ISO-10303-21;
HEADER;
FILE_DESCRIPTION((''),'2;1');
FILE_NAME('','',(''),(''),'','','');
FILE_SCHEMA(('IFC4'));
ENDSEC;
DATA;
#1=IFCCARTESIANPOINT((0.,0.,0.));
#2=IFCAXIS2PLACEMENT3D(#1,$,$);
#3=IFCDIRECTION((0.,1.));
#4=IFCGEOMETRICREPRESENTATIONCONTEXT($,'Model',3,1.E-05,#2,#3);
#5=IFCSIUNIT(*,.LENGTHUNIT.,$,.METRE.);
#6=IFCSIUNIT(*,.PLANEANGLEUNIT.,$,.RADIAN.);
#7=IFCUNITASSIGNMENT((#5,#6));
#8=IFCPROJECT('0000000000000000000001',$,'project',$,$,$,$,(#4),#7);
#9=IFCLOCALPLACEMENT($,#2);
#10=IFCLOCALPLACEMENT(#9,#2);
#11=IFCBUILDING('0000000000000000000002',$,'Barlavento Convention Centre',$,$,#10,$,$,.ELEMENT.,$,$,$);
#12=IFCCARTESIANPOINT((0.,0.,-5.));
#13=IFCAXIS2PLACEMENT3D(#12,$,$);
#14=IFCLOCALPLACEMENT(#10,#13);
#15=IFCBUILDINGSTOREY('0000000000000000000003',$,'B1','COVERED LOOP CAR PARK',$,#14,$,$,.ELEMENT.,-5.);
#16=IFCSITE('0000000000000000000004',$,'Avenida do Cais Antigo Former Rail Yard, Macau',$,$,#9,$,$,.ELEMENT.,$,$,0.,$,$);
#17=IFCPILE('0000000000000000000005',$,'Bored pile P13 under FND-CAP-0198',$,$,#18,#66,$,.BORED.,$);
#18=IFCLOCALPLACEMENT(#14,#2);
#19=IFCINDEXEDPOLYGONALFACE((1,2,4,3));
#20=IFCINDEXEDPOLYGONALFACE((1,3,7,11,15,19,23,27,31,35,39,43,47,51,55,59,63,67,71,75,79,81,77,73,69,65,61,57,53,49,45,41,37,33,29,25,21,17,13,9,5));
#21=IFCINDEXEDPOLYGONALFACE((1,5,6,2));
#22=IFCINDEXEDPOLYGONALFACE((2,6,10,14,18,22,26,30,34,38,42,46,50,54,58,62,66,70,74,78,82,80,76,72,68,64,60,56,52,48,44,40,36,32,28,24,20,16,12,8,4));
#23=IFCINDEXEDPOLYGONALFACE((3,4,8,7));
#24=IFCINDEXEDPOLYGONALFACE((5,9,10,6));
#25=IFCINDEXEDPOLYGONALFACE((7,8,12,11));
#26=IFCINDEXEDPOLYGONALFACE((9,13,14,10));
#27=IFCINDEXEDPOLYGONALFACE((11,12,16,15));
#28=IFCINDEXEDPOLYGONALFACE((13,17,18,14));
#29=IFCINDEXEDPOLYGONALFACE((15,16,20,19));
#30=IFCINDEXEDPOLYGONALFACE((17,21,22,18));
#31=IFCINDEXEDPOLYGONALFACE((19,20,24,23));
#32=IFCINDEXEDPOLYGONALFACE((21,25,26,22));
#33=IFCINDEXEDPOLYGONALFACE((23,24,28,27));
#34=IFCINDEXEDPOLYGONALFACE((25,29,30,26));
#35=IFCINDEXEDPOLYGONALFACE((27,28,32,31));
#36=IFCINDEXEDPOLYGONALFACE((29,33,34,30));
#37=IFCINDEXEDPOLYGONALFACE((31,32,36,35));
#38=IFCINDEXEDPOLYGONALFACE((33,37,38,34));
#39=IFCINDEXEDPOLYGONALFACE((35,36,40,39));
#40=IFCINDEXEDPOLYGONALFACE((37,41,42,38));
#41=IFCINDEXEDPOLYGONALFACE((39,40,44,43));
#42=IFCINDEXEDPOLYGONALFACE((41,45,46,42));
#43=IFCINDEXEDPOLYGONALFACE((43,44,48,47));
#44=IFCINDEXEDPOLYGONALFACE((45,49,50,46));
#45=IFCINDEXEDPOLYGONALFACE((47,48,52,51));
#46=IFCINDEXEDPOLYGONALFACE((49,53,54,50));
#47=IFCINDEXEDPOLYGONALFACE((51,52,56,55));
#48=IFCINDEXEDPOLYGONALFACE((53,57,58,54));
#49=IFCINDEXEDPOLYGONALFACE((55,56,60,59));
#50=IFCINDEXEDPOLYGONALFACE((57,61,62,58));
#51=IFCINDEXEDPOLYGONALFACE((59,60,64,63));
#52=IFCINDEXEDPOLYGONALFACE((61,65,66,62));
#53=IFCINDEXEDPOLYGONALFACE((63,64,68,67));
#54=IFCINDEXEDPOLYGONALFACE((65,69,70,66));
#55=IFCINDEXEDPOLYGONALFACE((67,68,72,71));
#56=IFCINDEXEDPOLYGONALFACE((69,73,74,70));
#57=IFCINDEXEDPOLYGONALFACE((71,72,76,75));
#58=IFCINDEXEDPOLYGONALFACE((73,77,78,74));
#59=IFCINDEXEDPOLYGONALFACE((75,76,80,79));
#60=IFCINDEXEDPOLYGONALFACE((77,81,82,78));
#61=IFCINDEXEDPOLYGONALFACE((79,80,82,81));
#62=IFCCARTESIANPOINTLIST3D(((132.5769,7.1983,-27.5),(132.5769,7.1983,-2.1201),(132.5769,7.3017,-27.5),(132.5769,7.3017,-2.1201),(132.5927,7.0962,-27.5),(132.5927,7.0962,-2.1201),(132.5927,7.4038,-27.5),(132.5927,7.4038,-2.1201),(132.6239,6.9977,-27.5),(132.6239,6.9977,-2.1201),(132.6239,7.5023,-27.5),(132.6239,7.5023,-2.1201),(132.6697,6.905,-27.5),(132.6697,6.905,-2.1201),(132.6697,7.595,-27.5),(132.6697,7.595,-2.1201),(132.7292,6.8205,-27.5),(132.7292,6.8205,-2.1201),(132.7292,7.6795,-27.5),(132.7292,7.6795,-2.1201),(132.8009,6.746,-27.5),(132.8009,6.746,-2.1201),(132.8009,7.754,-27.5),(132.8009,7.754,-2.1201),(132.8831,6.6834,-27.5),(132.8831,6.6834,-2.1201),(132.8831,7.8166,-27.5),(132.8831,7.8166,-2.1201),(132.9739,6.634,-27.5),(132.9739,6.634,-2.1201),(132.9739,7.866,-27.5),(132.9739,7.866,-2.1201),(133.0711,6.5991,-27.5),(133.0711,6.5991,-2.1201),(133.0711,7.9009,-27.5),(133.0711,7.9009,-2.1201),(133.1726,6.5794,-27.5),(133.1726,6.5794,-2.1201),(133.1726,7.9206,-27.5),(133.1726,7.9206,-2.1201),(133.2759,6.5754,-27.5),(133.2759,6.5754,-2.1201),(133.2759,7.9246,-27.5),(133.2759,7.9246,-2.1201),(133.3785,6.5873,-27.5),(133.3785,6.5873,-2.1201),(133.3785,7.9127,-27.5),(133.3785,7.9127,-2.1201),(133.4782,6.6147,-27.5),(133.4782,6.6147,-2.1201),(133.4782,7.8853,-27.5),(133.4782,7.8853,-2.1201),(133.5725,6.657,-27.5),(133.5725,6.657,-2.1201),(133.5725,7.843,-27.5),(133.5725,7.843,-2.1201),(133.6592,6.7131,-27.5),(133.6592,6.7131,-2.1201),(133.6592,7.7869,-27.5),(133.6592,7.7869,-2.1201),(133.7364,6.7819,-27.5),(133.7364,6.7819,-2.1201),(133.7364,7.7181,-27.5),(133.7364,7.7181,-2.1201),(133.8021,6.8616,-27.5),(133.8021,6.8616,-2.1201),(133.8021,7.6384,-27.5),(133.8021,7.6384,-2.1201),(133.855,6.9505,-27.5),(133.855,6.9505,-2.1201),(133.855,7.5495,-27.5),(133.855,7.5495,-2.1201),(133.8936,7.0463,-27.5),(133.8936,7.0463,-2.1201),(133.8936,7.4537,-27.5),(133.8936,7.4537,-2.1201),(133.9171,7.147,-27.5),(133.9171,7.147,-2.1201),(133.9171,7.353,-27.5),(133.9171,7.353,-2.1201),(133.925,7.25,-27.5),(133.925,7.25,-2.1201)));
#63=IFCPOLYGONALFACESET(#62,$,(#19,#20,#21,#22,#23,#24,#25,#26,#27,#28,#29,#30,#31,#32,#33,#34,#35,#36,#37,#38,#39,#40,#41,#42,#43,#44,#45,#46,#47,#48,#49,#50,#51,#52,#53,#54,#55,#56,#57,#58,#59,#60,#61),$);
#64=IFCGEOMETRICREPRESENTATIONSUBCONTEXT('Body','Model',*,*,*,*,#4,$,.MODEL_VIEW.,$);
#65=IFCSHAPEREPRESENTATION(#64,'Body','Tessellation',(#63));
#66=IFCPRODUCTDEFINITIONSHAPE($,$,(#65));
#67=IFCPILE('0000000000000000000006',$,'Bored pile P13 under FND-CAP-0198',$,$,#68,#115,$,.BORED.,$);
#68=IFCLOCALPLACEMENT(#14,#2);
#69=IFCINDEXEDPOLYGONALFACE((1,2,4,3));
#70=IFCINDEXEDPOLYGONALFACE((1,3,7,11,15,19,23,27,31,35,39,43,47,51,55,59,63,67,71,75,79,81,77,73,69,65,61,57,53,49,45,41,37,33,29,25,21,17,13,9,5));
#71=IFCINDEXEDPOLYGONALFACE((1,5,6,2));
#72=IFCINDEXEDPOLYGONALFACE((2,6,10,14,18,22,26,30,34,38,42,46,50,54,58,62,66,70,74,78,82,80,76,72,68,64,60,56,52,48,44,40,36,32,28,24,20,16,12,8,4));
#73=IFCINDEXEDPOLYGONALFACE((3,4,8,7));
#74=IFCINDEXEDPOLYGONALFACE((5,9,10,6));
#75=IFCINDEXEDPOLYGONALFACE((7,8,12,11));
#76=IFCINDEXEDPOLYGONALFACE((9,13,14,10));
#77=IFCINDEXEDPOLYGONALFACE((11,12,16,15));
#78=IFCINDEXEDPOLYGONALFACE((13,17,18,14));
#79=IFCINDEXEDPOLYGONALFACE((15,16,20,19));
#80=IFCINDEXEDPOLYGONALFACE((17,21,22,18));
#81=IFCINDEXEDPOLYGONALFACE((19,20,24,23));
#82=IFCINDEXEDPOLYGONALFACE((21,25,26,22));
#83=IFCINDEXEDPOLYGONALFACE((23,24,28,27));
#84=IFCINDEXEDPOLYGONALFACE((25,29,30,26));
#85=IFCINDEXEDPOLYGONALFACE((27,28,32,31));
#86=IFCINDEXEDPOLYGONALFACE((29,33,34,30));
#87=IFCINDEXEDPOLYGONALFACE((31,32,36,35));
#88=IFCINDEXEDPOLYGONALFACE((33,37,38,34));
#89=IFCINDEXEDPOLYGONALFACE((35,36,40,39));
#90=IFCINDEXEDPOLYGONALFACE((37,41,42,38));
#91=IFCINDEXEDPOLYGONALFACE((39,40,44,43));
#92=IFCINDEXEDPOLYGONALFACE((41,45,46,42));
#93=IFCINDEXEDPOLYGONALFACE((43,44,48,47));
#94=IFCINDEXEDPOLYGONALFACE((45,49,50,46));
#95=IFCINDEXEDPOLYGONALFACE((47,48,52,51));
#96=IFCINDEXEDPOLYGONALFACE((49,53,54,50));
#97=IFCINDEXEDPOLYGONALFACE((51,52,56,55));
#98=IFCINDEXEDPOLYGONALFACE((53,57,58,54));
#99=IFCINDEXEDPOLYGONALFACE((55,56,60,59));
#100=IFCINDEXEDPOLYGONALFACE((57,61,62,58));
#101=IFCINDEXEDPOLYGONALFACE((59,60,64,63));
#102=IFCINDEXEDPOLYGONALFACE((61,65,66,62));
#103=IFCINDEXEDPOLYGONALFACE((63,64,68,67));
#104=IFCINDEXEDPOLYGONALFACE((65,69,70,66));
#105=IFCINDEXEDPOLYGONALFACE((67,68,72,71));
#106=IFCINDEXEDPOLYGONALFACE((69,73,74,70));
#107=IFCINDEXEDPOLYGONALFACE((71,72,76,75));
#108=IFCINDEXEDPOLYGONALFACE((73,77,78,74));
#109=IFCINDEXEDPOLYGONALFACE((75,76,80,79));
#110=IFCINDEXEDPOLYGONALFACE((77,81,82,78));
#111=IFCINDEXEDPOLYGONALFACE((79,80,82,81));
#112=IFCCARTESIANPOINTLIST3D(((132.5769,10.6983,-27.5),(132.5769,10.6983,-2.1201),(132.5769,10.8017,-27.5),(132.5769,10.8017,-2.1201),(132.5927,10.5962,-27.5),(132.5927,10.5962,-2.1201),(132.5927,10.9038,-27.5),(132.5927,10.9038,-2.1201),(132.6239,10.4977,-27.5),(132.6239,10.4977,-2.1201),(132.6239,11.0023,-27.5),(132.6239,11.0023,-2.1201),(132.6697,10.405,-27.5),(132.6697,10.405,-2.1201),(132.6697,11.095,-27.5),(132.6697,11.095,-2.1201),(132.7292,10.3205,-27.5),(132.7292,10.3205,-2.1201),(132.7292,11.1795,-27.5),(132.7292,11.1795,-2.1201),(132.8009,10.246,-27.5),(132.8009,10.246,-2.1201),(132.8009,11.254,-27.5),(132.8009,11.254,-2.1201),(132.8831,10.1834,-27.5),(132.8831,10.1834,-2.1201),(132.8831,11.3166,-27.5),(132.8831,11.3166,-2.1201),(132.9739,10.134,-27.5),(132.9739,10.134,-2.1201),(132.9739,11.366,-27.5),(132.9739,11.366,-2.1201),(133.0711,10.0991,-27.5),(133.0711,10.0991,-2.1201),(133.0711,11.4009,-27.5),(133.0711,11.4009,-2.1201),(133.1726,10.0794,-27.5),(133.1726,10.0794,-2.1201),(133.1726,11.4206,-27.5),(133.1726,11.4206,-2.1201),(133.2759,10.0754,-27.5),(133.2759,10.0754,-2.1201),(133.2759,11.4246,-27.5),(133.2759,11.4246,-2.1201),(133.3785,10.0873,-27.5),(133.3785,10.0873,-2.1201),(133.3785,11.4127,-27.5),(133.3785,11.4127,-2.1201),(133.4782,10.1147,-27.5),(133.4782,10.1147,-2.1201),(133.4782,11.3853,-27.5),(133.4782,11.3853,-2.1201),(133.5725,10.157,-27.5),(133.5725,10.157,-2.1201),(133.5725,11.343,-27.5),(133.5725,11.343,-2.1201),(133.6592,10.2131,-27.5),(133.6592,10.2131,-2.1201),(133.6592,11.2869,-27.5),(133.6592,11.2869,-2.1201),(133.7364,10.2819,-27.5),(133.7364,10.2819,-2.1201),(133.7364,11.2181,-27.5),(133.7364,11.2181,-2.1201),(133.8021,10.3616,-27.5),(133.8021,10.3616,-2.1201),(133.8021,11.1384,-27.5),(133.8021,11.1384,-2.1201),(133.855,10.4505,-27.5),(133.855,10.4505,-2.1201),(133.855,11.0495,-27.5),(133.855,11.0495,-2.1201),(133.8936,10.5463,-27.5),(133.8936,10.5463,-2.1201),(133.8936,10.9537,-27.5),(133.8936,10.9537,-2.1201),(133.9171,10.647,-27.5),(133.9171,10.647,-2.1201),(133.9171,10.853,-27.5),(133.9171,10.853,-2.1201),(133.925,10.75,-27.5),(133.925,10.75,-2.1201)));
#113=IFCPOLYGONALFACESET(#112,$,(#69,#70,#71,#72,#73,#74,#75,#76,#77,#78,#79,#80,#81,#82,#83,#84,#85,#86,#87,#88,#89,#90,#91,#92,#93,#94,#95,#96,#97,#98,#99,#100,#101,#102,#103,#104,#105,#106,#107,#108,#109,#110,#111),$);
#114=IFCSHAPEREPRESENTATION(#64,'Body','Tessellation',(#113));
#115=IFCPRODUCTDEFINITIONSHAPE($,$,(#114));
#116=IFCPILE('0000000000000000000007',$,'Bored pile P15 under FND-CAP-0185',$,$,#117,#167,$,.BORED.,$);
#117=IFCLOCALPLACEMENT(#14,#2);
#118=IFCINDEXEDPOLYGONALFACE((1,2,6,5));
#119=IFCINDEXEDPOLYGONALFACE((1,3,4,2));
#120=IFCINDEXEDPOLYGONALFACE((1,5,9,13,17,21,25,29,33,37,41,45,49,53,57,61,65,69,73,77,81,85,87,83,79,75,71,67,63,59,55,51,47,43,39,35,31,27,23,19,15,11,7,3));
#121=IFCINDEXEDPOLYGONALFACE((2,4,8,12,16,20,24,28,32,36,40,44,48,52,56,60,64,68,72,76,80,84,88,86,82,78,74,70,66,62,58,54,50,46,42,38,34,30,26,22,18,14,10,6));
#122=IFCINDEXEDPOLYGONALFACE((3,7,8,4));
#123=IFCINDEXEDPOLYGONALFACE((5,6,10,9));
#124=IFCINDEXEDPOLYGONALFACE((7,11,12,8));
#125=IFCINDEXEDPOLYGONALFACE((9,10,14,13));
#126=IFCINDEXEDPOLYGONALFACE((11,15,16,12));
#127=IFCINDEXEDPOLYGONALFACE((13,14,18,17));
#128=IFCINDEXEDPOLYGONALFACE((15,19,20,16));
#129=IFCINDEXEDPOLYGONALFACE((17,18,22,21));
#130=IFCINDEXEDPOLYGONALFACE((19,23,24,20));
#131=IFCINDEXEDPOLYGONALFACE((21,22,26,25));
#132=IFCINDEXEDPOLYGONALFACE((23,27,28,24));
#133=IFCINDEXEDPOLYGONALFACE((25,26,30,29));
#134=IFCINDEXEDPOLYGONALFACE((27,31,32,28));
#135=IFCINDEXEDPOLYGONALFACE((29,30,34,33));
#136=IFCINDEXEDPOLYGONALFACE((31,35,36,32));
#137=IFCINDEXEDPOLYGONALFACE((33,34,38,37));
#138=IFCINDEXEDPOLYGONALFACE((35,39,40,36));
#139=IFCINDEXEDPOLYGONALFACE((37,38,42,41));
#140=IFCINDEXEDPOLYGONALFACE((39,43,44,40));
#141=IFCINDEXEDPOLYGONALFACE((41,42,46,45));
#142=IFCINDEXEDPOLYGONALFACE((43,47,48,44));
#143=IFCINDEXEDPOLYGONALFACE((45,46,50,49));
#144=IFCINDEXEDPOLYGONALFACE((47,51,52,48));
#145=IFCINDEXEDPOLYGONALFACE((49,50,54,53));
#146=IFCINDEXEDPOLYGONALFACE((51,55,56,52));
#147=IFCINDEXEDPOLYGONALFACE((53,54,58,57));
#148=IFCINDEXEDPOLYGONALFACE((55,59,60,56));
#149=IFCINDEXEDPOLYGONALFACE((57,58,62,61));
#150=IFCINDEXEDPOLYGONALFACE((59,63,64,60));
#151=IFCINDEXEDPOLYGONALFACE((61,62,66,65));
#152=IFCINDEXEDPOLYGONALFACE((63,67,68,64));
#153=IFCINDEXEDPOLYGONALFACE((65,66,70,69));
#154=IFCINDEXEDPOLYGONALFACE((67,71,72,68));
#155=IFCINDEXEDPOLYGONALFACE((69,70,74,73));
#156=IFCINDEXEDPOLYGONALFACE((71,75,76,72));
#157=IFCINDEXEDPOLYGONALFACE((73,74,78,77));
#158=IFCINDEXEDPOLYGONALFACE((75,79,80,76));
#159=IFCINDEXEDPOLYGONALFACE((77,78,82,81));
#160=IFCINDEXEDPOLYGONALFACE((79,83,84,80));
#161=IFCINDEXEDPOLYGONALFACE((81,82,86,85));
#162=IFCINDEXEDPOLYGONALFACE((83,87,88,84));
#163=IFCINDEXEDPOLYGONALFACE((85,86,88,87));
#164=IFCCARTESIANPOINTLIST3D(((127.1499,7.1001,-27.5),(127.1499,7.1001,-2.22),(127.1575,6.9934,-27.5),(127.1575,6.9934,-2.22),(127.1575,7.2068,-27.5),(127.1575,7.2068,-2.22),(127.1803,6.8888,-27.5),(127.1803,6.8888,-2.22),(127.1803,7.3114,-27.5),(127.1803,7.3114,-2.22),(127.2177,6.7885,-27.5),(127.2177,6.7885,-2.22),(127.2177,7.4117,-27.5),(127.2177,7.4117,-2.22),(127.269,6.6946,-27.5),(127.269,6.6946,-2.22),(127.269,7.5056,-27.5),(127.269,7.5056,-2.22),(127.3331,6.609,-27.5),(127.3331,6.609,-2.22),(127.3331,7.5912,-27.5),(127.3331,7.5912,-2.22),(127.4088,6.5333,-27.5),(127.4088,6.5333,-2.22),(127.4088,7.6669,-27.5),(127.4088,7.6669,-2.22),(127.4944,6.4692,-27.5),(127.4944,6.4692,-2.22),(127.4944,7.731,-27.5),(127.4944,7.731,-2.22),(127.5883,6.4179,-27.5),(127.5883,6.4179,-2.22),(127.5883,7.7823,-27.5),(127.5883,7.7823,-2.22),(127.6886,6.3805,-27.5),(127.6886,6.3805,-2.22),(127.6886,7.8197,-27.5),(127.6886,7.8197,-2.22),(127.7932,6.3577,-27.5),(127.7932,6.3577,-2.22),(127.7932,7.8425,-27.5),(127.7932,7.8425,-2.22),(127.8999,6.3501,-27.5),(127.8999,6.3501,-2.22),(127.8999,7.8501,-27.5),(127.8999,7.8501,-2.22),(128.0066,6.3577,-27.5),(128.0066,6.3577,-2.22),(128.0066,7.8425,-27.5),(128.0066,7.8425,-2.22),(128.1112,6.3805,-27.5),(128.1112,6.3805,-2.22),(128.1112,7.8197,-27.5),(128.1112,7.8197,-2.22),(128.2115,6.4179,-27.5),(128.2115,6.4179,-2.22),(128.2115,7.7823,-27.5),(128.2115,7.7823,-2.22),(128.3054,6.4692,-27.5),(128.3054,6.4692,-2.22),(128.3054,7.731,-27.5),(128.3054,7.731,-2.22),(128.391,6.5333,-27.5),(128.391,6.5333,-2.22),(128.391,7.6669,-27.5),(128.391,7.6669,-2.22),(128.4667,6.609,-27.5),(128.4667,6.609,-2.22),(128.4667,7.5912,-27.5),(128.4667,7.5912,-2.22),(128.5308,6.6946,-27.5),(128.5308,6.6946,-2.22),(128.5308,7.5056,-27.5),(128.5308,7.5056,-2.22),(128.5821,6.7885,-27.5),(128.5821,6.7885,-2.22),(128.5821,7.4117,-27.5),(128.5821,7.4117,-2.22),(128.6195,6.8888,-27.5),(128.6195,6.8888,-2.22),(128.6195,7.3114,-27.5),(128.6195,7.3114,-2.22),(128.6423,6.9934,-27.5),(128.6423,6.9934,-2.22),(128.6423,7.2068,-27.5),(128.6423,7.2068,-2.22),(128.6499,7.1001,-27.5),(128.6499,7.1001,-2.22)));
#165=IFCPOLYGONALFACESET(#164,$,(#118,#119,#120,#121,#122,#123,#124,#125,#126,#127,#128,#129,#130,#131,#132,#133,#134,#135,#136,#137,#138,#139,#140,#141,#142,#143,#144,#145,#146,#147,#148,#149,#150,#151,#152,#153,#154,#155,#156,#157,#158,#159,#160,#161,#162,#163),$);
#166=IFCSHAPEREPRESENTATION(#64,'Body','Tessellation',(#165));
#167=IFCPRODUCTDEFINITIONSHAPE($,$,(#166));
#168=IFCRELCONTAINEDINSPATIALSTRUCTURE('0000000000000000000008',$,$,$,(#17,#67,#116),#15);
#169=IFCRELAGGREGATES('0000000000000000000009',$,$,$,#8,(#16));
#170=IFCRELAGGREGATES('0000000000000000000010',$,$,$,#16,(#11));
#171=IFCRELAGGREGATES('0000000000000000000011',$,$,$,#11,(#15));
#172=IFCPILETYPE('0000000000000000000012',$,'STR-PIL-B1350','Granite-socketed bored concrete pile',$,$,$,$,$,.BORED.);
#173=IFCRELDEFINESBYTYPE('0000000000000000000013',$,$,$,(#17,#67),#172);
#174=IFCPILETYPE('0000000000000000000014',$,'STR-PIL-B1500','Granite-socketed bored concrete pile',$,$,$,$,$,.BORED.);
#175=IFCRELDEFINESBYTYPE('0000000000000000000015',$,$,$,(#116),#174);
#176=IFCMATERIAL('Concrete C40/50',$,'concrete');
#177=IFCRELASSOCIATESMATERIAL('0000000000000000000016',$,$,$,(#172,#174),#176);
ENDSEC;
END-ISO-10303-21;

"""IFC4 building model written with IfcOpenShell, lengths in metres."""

from ifc_helpers import new_model, si_unit, direction, frame, origin, origin_2d, place, context, subcontext, project, spatial, circle, extrude, material, material_profile, profile_set, type_object, element, save


model = new_model("IFC4")

# Units and contexts
model_context = context("Model", 3, precision=1e-05, world=origin(), true_north=direction((0.0, 1.0)))
body_context = subcontext(model_context, "Body", "Model", "MODEL_VIEW")
ifc_project = project(units=[si_unit("LENGTHUNIT", "METRE"), si_unit("PLANEANGLEUNIT", "RADIAN")], contexts=[model_context])

# Site, building, storey
site_placement = place(None, origin())
site = spatial("IfcSite", under=ifc_project, at=site_placement, Name="Avenida do Cais Antigo Former Rail Yard, Macau", CompositionType="ELEMENT", RefElevation=0.0)
building_placement = place(site_placement, origin())
building = spatial("IfcBuilding", under=site, at=building_placement, Name="Barlavento Convention Centre", CompositionType="ELEMENT")
storey_placement = place(building_placement, frame((0.0, 0.0, -5.0)))
storey = spatial("IfcBuildingStorey", under=building, at=storey_placement, Name="B1", Description="COVERED LOOP CAR PARK", CompositionType="ELEMENT", Elevation=-5.0)

# Shared definitions
ifc_material_1 = material(Name="Concrete C40/50", Category="concrete")

# Piles
ifc_material_profile_1 = material_profile(ifc_material_1, circle(Radius=0.675, at=origin_2d()), Name="BORED PILE 1350")
ifc_profile_set_1 = profile_set([ifc_material_profile_1], Name="Concrete C40/50")
pile_type_1 = type_object("IfcPileType", Name="STR-PIL-B1350", Description="Granite-socketed bored concrete pile", PredefinedType="BORED", material=ifc_profile_set_1)
for number, where, z_axis, x_axis, name in (
    (1, (133.25, 7.25, -2.1201), (0.0, 0.0, -1.0), (1.0, 0.0, 0.0), "Bored pile P13 under FND-CAP-0198"),
    (2, (133.25, 10.75, -2.1201), (0.0, 0.0, -1.0), (1.0, 0.0, 0.0), "Bored pile P13 under FND-CAP-0198"),
):
    element("IfcPile", number, at=place(storey_placement, frame(where, z_axis=z_axis, x_axis=x_axis)), inside=storey, type_object=pile_type_1, Name=name, PredefinedType="BORED", context=body_context, shape_type="SweptSolid", body=[
        extrude(circle(Radius=0.675, at=origin_2d()), origin(), (0.0, 0.0, 1.0), 25.3799),
    ])
ifc_material_profile_2 = material_profile(ifc_material_1, circle(Radius=0.75, at=origin_2d()), Name="BORED PILE 1500")
ifc_profile_set_2 = profile_set([ifc_material_profile_2], Name="Concrete C40/50")
pile_type_2 = type_object("IfcPileType", Name="STR-PIL-B1500", Description="Granite-socketed bored concrete pile", PredefinedType="BORED", material=ifc_profile_set_2)
for number, where, z_axis, x_axis, name in (
    (3, (127.8999, 7.1001, -2.22), (0.0, 0.0, -1.0), (1.0, 0.0, 0.0), "Bored pile P15 under FND-CAP-0185"),
):
    element("IfcPile", number, at=place(storey_placement, frame(where, z_axis=z_axis, x_axis=x_axis)), inside=storey, type_object=pile_type_2, Name=name, PredefinedType="BORED", context=body_context, shape_type="SweptSolid", body=[
        extrude(circle(Radius=0.75, at=origin_2d()), origin(), (0.0, 0.0, 1.0), 25.28),
    ])

save(model, "model.ifc")
